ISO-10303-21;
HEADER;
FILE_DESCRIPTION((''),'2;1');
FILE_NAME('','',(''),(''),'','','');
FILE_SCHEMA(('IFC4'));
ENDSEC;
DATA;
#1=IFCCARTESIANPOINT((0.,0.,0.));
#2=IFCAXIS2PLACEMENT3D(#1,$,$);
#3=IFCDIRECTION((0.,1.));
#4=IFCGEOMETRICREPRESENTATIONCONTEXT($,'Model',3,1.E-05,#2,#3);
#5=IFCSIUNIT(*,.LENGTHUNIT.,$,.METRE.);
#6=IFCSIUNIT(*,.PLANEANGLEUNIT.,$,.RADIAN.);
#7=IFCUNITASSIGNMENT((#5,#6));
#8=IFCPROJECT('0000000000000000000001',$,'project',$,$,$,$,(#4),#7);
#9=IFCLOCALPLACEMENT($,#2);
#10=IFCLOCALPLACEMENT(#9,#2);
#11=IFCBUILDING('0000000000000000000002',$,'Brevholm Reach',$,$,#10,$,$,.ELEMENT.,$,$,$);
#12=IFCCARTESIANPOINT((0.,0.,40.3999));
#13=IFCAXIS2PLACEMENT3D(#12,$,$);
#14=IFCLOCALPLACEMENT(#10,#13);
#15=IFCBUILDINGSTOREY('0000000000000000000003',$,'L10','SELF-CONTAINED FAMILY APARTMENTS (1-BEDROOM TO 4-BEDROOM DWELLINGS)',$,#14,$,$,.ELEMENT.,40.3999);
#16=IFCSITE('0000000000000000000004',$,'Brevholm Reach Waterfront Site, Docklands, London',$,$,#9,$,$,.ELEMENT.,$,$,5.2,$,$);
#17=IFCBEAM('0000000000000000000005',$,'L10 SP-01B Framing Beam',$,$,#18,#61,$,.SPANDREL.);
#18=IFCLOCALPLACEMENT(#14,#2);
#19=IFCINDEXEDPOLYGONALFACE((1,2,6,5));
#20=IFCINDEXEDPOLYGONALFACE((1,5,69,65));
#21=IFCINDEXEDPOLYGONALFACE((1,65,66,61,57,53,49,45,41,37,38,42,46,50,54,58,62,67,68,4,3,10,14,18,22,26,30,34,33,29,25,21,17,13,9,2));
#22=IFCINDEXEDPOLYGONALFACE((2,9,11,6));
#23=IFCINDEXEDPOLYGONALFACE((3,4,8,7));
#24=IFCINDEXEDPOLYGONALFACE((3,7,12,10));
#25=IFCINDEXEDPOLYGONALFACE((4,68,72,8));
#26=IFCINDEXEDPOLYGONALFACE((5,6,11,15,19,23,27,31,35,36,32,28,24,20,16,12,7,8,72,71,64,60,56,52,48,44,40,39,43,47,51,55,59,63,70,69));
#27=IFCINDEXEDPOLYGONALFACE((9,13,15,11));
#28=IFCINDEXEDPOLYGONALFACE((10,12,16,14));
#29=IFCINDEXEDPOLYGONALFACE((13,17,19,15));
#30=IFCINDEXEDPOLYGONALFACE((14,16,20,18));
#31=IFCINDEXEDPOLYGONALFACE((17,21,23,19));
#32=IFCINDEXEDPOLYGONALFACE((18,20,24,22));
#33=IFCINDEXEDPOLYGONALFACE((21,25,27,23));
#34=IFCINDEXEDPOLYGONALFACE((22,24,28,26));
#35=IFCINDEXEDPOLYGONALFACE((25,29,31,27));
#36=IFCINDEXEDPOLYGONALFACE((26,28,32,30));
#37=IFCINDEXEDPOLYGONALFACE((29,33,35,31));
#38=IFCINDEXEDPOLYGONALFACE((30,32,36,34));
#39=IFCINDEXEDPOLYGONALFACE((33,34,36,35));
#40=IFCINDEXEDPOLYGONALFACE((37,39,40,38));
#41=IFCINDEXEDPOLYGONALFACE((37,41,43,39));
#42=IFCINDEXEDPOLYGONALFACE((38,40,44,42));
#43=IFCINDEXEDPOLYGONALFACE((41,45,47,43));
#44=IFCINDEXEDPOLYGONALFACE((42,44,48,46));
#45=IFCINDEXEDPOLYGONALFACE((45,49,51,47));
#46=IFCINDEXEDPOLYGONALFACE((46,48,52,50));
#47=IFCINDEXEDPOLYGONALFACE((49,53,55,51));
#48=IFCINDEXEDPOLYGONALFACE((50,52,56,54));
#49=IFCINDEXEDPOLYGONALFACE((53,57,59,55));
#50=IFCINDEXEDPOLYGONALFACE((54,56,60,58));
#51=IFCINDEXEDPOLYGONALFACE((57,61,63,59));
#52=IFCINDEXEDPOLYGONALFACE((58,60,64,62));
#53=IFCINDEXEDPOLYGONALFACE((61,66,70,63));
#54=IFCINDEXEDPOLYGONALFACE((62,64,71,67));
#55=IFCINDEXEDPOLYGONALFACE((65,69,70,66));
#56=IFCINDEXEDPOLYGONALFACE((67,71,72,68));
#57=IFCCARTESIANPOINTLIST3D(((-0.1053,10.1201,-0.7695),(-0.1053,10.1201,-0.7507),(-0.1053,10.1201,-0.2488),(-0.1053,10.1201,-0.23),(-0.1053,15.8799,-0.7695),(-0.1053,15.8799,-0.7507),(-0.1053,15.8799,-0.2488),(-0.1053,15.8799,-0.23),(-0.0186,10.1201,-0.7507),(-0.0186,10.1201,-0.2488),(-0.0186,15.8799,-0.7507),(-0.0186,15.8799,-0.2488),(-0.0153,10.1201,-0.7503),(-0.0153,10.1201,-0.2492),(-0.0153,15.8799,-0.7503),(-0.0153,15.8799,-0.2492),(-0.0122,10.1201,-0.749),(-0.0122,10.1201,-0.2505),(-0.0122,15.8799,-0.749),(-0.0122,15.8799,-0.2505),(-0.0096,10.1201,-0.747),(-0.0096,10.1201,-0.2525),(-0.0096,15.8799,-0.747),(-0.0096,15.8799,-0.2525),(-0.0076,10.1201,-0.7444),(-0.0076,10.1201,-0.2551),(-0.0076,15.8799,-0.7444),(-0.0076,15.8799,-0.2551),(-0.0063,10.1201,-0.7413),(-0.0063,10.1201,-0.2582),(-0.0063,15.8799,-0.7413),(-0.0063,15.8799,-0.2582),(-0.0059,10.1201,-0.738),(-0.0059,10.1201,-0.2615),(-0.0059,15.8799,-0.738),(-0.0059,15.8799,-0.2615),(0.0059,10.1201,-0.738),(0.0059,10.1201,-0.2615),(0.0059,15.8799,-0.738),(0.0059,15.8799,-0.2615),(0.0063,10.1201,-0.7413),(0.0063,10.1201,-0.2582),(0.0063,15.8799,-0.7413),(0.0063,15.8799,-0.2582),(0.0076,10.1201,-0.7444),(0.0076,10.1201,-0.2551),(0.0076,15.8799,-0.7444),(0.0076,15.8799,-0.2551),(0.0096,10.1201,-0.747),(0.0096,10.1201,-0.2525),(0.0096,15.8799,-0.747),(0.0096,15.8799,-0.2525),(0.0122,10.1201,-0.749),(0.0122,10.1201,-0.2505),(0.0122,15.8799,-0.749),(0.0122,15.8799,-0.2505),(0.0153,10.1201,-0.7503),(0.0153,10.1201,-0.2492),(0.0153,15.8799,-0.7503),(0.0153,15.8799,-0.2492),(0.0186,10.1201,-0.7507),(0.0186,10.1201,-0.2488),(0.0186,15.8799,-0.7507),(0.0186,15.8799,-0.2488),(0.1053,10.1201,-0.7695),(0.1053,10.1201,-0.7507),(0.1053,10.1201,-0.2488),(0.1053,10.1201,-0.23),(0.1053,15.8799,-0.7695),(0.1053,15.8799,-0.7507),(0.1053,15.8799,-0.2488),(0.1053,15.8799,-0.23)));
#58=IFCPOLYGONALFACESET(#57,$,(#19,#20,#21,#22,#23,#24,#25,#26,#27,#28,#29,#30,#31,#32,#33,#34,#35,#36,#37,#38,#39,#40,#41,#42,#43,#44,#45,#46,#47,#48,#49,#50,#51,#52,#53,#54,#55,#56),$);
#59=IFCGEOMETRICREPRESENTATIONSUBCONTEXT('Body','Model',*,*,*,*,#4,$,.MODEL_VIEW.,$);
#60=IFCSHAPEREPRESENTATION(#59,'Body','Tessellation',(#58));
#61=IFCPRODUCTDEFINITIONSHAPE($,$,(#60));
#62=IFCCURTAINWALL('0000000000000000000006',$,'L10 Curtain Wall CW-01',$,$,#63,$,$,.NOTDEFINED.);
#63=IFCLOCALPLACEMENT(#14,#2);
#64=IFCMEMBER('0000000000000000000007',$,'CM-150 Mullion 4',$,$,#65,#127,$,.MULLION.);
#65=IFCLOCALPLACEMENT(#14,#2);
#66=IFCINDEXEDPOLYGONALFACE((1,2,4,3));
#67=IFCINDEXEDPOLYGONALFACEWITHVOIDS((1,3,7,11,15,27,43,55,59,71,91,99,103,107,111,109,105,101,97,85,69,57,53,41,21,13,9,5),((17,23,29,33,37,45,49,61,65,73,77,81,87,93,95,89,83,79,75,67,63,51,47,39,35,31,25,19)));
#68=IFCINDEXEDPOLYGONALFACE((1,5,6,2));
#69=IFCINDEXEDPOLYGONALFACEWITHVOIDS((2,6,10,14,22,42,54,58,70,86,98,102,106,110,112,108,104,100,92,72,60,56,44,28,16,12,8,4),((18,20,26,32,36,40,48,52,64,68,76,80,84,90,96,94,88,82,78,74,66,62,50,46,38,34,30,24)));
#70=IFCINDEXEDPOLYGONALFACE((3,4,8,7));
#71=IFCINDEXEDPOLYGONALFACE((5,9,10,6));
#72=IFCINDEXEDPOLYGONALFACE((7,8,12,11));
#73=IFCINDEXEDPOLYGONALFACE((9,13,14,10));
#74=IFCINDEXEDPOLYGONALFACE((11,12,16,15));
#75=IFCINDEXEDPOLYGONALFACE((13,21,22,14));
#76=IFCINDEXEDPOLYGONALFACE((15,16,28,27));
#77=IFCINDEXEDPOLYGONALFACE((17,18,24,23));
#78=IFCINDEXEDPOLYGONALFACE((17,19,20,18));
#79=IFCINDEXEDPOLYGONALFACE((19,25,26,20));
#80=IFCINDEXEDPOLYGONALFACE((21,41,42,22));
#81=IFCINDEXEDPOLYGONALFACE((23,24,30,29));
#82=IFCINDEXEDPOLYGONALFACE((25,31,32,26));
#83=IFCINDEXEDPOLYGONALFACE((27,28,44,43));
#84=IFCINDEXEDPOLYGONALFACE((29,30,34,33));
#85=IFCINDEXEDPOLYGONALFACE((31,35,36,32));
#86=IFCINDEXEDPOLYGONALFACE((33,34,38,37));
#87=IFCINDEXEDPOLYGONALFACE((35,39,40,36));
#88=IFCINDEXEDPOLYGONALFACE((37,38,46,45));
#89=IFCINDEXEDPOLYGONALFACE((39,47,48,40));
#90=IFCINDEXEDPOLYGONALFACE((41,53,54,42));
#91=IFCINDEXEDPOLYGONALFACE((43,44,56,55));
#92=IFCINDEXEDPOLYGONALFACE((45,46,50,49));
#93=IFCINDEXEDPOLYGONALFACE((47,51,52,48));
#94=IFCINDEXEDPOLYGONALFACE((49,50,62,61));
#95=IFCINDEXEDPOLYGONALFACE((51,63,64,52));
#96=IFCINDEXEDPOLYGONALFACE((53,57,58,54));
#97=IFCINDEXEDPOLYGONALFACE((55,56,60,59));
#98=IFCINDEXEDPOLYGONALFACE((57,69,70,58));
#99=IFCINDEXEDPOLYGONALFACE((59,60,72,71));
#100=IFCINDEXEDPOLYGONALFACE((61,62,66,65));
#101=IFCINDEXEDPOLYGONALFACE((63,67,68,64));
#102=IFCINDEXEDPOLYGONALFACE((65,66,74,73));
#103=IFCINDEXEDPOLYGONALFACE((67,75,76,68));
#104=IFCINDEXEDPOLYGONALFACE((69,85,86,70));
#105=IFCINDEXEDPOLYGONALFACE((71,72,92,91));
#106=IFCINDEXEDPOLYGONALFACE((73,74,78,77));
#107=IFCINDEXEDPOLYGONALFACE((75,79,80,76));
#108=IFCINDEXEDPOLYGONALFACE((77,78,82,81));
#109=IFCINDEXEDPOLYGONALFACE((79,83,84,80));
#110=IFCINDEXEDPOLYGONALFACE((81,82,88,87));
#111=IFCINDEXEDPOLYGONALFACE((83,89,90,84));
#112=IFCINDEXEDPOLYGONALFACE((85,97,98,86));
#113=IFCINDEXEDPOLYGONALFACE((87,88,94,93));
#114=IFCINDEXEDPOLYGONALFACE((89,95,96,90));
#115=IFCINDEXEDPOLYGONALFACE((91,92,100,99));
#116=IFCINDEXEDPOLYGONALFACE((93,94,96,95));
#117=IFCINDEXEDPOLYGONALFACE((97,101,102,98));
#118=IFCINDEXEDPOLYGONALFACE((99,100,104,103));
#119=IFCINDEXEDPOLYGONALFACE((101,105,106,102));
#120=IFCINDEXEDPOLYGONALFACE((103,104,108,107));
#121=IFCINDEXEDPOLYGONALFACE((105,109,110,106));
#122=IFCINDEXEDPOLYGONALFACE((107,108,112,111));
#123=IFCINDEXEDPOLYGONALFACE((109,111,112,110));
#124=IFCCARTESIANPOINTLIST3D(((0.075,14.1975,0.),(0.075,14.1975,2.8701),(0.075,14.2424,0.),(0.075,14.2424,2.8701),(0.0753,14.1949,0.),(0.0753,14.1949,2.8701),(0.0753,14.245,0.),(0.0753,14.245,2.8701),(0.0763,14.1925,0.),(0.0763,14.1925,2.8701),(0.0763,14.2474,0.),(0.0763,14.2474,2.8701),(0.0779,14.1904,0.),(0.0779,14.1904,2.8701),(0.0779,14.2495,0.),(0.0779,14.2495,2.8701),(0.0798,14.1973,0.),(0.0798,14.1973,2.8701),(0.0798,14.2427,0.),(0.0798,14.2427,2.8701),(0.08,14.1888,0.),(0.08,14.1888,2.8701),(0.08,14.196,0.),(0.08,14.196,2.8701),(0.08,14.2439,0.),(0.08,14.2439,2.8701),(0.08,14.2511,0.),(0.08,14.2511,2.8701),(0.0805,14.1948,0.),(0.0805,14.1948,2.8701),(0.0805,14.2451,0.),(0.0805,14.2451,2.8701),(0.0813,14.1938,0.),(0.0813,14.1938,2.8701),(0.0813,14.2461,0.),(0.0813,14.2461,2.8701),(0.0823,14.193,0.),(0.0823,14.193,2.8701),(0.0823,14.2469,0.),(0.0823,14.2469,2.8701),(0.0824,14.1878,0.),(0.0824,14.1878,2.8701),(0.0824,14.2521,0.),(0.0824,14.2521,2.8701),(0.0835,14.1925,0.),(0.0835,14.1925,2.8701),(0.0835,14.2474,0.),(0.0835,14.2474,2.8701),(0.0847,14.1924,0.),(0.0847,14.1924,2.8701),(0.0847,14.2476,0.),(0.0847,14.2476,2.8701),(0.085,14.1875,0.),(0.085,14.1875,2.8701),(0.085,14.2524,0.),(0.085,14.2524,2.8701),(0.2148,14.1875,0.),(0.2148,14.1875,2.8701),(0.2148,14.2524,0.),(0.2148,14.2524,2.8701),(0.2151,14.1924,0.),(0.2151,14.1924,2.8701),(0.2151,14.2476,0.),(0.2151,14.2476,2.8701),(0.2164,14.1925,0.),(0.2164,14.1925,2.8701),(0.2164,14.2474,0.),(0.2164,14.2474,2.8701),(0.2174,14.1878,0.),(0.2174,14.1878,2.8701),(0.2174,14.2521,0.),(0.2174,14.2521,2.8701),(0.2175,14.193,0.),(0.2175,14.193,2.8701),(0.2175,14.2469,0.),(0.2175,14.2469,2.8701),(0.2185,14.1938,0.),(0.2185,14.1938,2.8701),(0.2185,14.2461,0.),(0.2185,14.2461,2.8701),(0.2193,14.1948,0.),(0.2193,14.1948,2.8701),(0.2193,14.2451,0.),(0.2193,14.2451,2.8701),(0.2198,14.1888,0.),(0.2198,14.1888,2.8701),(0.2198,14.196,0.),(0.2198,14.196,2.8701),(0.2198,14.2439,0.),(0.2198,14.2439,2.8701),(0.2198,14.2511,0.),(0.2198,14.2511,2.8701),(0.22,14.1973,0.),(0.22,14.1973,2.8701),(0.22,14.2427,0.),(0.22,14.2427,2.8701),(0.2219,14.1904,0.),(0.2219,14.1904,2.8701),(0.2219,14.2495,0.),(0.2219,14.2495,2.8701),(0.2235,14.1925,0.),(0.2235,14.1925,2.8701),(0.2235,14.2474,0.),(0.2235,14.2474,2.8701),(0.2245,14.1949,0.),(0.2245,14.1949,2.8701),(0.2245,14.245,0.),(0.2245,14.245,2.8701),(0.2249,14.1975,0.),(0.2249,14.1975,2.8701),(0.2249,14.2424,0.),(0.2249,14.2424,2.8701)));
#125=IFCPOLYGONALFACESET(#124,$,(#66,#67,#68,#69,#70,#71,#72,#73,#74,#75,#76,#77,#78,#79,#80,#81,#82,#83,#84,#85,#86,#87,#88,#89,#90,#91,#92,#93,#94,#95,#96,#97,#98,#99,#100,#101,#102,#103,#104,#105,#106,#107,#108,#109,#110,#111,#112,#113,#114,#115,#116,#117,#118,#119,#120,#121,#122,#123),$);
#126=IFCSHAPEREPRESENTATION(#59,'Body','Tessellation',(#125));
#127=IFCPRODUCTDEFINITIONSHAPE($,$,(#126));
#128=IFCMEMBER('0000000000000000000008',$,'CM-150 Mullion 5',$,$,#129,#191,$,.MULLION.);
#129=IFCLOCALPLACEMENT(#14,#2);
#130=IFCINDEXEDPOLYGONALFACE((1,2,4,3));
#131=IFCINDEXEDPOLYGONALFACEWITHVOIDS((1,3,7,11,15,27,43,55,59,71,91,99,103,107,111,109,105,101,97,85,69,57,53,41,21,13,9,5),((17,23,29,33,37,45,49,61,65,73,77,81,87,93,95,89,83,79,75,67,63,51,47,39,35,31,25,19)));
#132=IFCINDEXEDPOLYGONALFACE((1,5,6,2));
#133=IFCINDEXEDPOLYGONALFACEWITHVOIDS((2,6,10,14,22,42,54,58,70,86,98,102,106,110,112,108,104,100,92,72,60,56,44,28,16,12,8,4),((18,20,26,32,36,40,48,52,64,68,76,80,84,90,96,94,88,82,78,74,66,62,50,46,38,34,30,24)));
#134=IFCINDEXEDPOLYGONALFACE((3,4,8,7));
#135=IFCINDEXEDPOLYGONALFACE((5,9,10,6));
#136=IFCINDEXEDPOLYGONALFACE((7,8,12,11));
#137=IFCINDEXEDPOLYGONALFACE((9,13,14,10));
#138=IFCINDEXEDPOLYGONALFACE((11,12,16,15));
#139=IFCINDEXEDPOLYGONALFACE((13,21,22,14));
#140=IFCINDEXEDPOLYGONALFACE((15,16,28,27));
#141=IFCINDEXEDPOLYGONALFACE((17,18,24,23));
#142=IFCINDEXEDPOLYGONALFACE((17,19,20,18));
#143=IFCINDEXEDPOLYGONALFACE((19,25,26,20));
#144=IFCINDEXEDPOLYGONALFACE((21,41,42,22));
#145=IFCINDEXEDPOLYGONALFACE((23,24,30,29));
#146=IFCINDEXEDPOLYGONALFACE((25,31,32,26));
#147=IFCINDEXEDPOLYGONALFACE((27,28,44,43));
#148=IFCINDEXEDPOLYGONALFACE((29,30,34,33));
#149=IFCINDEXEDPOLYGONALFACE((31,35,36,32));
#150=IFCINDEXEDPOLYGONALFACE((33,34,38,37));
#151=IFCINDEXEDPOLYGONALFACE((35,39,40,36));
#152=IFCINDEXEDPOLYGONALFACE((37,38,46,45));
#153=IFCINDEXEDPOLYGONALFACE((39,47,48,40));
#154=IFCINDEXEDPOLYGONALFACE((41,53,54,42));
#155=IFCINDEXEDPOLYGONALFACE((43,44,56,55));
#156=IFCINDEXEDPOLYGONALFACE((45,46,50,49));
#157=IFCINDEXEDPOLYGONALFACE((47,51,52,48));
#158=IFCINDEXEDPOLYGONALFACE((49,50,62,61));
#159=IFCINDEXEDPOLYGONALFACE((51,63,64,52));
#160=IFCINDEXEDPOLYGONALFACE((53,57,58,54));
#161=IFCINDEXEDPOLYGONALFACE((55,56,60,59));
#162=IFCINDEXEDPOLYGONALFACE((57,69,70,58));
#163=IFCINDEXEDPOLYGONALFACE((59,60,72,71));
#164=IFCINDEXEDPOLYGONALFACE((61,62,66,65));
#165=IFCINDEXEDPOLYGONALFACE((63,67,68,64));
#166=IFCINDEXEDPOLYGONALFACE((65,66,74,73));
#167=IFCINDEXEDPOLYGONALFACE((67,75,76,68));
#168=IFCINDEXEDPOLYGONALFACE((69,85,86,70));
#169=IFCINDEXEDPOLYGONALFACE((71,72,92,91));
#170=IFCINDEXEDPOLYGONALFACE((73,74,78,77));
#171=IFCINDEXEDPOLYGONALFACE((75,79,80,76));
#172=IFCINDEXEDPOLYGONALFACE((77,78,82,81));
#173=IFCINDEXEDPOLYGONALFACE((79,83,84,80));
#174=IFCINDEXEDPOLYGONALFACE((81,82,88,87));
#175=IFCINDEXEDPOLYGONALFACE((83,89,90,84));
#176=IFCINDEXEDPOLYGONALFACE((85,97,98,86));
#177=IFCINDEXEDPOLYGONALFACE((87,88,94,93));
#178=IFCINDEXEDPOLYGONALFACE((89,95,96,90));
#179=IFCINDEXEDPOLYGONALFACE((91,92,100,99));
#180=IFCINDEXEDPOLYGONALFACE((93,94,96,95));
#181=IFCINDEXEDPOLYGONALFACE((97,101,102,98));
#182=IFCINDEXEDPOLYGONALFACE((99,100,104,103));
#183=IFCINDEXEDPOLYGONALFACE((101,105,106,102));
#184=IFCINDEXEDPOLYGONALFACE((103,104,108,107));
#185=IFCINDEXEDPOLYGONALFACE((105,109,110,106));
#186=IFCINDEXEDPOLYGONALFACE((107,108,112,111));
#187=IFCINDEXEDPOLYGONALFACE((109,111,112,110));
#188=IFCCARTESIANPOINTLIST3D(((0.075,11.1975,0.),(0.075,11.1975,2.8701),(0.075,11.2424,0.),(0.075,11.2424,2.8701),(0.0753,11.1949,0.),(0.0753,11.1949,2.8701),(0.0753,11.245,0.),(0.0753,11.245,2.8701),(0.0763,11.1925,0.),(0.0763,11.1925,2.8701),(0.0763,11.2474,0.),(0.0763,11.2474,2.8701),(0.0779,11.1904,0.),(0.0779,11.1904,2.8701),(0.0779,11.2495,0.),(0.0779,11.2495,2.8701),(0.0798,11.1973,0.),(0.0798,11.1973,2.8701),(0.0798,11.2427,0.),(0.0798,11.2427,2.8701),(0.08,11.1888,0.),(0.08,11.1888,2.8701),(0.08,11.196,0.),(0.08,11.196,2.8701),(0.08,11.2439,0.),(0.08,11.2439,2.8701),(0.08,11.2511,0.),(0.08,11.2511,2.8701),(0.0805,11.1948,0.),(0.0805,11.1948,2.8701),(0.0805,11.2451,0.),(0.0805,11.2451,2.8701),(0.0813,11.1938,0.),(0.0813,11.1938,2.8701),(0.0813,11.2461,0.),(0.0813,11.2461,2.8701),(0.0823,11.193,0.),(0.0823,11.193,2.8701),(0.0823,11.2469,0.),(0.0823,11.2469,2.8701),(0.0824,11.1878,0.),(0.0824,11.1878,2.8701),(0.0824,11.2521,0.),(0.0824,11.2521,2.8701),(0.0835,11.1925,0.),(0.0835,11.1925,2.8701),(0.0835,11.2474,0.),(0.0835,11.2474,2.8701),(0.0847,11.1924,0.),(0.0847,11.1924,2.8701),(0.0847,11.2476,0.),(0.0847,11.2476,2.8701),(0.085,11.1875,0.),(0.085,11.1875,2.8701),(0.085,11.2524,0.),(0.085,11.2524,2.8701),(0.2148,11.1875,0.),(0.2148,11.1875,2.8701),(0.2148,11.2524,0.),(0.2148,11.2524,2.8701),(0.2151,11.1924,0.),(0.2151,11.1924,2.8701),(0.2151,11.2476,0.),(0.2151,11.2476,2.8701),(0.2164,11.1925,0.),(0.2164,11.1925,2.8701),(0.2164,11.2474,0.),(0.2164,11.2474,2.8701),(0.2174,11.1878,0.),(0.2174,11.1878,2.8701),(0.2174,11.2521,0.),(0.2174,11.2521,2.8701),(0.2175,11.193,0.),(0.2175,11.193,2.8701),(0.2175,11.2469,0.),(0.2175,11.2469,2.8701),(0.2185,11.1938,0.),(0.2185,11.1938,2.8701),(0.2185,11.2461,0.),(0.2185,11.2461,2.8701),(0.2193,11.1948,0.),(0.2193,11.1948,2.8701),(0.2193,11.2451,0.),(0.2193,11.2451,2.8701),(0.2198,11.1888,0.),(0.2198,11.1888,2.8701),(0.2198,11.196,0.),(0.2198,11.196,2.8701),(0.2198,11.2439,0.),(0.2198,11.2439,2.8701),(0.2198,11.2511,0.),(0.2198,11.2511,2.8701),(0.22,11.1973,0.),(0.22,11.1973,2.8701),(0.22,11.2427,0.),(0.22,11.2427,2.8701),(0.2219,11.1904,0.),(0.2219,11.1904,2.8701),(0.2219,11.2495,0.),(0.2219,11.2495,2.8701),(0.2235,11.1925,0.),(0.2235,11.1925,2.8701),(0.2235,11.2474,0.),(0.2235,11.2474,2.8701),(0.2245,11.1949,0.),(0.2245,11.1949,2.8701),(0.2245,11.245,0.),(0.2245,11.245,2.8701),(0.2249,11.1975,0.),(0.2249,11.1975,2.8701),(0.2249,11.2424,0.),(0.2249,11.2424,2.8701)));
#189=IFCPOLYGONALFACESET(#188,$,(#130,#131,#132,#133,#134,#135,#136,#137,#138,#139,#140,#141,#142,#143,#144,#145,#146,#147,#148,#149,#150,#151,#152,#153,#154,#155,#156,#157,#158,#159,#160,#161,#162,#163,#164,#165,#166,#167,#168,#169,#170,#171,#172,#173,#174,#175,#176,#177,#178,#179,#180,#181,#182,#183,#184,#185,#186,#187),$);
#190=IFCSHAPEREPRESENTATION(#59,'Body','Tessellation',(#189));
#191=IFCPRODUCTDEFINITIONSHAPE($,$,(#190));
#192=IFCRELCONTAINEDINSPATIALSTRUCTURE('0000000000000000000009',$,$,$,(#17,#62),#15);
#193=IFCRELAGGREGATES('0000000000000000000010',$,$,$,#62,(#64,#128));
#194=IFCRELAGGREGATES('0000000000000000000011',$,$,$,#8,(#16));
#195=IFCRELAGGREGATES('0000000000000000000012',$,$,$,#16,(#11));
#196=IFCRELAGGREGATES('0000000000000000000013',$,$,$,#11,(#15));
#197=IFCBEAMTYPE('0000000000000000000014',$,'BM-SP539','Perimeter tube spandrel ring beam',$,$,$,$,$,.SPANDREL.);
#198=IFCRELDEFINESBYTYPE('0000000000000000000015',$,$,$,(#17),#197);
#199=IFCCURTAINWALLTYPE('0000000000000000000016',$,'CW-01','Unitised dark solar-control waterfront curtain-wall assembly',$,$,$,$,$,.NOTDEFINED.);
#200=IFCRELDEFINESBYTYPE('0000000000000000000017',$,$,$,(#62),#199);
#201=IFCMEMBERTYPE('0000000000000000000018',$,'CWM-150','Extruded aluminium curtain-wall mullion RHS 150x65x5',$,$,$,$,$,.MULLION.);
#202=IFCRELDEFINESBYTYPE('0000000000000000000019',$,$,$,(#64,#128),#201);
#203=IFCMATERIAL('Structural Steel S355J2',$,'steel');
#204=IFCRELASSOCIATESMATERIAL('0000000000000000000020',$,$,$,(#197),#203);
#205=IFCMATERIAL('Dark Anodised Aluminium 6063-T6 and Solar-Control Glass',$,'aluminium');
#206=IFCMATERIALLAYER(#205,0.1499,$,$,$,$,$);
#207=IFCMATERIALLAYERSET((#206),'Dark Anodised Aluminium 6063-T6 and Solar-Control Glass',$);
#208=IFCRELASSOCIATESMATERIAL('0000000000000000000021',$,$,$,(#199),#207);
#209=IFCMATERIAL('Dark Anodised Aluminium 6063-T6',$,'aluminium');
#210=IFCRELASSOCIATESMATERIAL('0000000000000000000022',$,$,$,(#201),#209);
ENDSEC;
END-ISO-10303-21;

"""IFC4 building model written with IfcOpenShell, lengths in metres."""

from ifc_helpers import new_model, si_unit, direction, frame, origin, origin_2d, place, context, subcontext, project, spatial, hollow_rectangle, i_section, extrude, material, layer, layer_set, material_profile, profile_set, type_object, element, aggregate, save


model = new_model("IFC4")

# Units and contexts
model_context = context("Model", 3, precision=1e-05, world=origin(), true_north=direction((0.0, 1.0)))
body_context = subcontext(model_context, "Body", "Model", "MODEL_VIEW")
ifc_project = project(units=[si_unit("LENGTHUNIT", "METRE"), si_unit("PLANEANGLEUNIT", "RADIAN")], contexts=[model_context])

# Site, building, storey
site_placement = place(None, origin())
site = spatial("IfcSite", under=ifc_project, at=site_placement, Name="Brevholm Reach Waterfront Site, Docklands, London", CompositionType="ELEMENT", RefElevation=5.2)
building_placement = place(site_placement, origin())
building = spatial("IfcBuilding", under=site, at=building_placement, Name="Brevholm Reach", CompositionType="ELEMENT")
storey_placement = place(building_placement, frame((0.0, 0.0, 40.3999)))
storey = spatial("IfcBuildingStorey", under=building, at=storey_placement, Name="L10", Description="SELF-CONTAINED FAMILY APARTMENTS (1-BEDROOM TO 4-BEDROOM DWELLINGS)", CompositionType="ELEMENT", Elevation=40.3999)

# Beam
ifc_material_1 = material(Name="Structural Steel S355J2", Category="steel")
ifc_material_profile_1 = material_profile(ifc_material_1, i_section(OverallWidth=0.2107, OverallDepth=0.5396, WebThickness=0.0117, FlangeThickness=0.0188, FilletRadius=0.0127, at=origin_2d()), Name="UKB 533x210x109")
ifc_profile_set_1 = profile_set([ifc_material_profile_1], Name="Structural Steel S355J2")
beam_type = type_object("IfcBeamType", Name="BM-SP539", Description="Perimeter tube spandrel ring beam", PredefinedType="SPANDREL", material=ifc_profile_set_1)
beam_placement = place(storey_placement, frame((0.0, 10.1201, -0.4998), z_axis=(0.0, 1.0, 0.0), x_axis=(-1.0, 0.0, 0.0)))
element("IfcBeam", 1, at=beam_placement, inside=storey, type_object=beam_type, Name="L10 SP-01B Framing Beam", PredefinedType="SPANDREL", context=body_context, shape_type="SweptSolid", body=[
    extrude(i_section(OverallWidth=0.2107, OverallDepth=0.5396, WebThickness=0.0117, FlangeThickness=0.0188, FilletRadius=0.0127, at=origin_2d()), origin(), (0.0, 0.0, 1.0), 5.7598),
])

# Curtain wall, members
ifc_material_2 = material(Name="Dark Anodised Aluminium 6063-T6 and Solar-Control Glass", Category="aluminium")
ifc_layer_1 = layer(ifc_material_2, 0.1499)
ifc_layer_set_1 = layer_set([ifc_layer_1], Name="Dark Anodised Aluminium 6063-T6 and Solar-Control Glass")
curtain_wall_type = type_object("IfcCurtainWallType", Name="CW-01", Description="Unitised dark solar-control waterfront curtain-wall assembly", PredefinedType="NOTDEFINED", material=ifc_layer_set_1)
curtain_wall_placement = place(storey_placement, origin())
curtain_wall = element("IfcCurtainWall", 2, at=curtain_wall_placement, inside=storey, type_object=curtain_wall_type, Name="L10 Curtain Wall CW-01", PredefinedType="NOTDEFINED")
ifc_material_3 = material(Name="Dark Anodised Aluminium 6063-T6", Category="aluminium")
ifc_material_profile_2 = material_profile(ifc_material_3, hollow_rectangle(XDim=0.0649, YDim=0.1499, WallThickness=0.0049, InnerFilletRadius=0.0049, OuterFilletRadius=0.01, at=origin_2d()), Name="RHS 150x65x5")
ifc_profile_set_2 = profile_set([ifc_material_profile_2], Name="Dark Anodised Aluminium 6063-T6")
member_type_1 = type_object("IfcMemberType", Name="CWM-150", Description="Extruded aluminium curtain-wall mullion RHS 150x65x5", PredefinedType="MULLION", material=ifc_profile_set_2)
member_1_placement = place(storey_placement, frame((0.1499, 14.22, 0.0), z_axis=(0.0, 0.0, 1.0), x_axis=(0.0, -1.0, 0.0)))
member_1 = element("IfcMember", 3, at=member_1_placement, type_object=member_type_1, Name="CM-150 Mullion 4", PredefinedType="MULLION", context=body_context, shape_type="SweptSolid", body=[
    extrude(hollow_rectangle(XDim=0.0649, YDim=0.1499, WallThickness=0.0049, InnerFilletRadius=0.0049, OuterFilletRadius=0.01, at=origin_2d()), origin(), (0.0, 0.0, 1.0), 2.8701),
])
member_2_placement = place(storey_placement, frame((0.1499, 11.22, 0.0), z_axis=(0.0, 0.0, 1.0), x_axis=(0.0, -1.0, 0.0)))
member_2 = element("IfcMember", 4, at=member_2_placement, type_object=member_type_1, Name="CM-150 Mullion 5", PredefinedType="MULLION", context=body_context, shape_type="SweptSolid", body=[
    extrude(hollow_rectangle(XDim=0.0649, YDim=0.1499, WallThickness=0.0049, InnerFilletRadius=0.0049, OuterFilletRadius=0.01, at=origin_2d()), origin(), (0.0, 0.0, 1.0), 2.8701),
])
aggregate(curtain_wall, [member_1, member_2])

save(model, "model.ifc")
